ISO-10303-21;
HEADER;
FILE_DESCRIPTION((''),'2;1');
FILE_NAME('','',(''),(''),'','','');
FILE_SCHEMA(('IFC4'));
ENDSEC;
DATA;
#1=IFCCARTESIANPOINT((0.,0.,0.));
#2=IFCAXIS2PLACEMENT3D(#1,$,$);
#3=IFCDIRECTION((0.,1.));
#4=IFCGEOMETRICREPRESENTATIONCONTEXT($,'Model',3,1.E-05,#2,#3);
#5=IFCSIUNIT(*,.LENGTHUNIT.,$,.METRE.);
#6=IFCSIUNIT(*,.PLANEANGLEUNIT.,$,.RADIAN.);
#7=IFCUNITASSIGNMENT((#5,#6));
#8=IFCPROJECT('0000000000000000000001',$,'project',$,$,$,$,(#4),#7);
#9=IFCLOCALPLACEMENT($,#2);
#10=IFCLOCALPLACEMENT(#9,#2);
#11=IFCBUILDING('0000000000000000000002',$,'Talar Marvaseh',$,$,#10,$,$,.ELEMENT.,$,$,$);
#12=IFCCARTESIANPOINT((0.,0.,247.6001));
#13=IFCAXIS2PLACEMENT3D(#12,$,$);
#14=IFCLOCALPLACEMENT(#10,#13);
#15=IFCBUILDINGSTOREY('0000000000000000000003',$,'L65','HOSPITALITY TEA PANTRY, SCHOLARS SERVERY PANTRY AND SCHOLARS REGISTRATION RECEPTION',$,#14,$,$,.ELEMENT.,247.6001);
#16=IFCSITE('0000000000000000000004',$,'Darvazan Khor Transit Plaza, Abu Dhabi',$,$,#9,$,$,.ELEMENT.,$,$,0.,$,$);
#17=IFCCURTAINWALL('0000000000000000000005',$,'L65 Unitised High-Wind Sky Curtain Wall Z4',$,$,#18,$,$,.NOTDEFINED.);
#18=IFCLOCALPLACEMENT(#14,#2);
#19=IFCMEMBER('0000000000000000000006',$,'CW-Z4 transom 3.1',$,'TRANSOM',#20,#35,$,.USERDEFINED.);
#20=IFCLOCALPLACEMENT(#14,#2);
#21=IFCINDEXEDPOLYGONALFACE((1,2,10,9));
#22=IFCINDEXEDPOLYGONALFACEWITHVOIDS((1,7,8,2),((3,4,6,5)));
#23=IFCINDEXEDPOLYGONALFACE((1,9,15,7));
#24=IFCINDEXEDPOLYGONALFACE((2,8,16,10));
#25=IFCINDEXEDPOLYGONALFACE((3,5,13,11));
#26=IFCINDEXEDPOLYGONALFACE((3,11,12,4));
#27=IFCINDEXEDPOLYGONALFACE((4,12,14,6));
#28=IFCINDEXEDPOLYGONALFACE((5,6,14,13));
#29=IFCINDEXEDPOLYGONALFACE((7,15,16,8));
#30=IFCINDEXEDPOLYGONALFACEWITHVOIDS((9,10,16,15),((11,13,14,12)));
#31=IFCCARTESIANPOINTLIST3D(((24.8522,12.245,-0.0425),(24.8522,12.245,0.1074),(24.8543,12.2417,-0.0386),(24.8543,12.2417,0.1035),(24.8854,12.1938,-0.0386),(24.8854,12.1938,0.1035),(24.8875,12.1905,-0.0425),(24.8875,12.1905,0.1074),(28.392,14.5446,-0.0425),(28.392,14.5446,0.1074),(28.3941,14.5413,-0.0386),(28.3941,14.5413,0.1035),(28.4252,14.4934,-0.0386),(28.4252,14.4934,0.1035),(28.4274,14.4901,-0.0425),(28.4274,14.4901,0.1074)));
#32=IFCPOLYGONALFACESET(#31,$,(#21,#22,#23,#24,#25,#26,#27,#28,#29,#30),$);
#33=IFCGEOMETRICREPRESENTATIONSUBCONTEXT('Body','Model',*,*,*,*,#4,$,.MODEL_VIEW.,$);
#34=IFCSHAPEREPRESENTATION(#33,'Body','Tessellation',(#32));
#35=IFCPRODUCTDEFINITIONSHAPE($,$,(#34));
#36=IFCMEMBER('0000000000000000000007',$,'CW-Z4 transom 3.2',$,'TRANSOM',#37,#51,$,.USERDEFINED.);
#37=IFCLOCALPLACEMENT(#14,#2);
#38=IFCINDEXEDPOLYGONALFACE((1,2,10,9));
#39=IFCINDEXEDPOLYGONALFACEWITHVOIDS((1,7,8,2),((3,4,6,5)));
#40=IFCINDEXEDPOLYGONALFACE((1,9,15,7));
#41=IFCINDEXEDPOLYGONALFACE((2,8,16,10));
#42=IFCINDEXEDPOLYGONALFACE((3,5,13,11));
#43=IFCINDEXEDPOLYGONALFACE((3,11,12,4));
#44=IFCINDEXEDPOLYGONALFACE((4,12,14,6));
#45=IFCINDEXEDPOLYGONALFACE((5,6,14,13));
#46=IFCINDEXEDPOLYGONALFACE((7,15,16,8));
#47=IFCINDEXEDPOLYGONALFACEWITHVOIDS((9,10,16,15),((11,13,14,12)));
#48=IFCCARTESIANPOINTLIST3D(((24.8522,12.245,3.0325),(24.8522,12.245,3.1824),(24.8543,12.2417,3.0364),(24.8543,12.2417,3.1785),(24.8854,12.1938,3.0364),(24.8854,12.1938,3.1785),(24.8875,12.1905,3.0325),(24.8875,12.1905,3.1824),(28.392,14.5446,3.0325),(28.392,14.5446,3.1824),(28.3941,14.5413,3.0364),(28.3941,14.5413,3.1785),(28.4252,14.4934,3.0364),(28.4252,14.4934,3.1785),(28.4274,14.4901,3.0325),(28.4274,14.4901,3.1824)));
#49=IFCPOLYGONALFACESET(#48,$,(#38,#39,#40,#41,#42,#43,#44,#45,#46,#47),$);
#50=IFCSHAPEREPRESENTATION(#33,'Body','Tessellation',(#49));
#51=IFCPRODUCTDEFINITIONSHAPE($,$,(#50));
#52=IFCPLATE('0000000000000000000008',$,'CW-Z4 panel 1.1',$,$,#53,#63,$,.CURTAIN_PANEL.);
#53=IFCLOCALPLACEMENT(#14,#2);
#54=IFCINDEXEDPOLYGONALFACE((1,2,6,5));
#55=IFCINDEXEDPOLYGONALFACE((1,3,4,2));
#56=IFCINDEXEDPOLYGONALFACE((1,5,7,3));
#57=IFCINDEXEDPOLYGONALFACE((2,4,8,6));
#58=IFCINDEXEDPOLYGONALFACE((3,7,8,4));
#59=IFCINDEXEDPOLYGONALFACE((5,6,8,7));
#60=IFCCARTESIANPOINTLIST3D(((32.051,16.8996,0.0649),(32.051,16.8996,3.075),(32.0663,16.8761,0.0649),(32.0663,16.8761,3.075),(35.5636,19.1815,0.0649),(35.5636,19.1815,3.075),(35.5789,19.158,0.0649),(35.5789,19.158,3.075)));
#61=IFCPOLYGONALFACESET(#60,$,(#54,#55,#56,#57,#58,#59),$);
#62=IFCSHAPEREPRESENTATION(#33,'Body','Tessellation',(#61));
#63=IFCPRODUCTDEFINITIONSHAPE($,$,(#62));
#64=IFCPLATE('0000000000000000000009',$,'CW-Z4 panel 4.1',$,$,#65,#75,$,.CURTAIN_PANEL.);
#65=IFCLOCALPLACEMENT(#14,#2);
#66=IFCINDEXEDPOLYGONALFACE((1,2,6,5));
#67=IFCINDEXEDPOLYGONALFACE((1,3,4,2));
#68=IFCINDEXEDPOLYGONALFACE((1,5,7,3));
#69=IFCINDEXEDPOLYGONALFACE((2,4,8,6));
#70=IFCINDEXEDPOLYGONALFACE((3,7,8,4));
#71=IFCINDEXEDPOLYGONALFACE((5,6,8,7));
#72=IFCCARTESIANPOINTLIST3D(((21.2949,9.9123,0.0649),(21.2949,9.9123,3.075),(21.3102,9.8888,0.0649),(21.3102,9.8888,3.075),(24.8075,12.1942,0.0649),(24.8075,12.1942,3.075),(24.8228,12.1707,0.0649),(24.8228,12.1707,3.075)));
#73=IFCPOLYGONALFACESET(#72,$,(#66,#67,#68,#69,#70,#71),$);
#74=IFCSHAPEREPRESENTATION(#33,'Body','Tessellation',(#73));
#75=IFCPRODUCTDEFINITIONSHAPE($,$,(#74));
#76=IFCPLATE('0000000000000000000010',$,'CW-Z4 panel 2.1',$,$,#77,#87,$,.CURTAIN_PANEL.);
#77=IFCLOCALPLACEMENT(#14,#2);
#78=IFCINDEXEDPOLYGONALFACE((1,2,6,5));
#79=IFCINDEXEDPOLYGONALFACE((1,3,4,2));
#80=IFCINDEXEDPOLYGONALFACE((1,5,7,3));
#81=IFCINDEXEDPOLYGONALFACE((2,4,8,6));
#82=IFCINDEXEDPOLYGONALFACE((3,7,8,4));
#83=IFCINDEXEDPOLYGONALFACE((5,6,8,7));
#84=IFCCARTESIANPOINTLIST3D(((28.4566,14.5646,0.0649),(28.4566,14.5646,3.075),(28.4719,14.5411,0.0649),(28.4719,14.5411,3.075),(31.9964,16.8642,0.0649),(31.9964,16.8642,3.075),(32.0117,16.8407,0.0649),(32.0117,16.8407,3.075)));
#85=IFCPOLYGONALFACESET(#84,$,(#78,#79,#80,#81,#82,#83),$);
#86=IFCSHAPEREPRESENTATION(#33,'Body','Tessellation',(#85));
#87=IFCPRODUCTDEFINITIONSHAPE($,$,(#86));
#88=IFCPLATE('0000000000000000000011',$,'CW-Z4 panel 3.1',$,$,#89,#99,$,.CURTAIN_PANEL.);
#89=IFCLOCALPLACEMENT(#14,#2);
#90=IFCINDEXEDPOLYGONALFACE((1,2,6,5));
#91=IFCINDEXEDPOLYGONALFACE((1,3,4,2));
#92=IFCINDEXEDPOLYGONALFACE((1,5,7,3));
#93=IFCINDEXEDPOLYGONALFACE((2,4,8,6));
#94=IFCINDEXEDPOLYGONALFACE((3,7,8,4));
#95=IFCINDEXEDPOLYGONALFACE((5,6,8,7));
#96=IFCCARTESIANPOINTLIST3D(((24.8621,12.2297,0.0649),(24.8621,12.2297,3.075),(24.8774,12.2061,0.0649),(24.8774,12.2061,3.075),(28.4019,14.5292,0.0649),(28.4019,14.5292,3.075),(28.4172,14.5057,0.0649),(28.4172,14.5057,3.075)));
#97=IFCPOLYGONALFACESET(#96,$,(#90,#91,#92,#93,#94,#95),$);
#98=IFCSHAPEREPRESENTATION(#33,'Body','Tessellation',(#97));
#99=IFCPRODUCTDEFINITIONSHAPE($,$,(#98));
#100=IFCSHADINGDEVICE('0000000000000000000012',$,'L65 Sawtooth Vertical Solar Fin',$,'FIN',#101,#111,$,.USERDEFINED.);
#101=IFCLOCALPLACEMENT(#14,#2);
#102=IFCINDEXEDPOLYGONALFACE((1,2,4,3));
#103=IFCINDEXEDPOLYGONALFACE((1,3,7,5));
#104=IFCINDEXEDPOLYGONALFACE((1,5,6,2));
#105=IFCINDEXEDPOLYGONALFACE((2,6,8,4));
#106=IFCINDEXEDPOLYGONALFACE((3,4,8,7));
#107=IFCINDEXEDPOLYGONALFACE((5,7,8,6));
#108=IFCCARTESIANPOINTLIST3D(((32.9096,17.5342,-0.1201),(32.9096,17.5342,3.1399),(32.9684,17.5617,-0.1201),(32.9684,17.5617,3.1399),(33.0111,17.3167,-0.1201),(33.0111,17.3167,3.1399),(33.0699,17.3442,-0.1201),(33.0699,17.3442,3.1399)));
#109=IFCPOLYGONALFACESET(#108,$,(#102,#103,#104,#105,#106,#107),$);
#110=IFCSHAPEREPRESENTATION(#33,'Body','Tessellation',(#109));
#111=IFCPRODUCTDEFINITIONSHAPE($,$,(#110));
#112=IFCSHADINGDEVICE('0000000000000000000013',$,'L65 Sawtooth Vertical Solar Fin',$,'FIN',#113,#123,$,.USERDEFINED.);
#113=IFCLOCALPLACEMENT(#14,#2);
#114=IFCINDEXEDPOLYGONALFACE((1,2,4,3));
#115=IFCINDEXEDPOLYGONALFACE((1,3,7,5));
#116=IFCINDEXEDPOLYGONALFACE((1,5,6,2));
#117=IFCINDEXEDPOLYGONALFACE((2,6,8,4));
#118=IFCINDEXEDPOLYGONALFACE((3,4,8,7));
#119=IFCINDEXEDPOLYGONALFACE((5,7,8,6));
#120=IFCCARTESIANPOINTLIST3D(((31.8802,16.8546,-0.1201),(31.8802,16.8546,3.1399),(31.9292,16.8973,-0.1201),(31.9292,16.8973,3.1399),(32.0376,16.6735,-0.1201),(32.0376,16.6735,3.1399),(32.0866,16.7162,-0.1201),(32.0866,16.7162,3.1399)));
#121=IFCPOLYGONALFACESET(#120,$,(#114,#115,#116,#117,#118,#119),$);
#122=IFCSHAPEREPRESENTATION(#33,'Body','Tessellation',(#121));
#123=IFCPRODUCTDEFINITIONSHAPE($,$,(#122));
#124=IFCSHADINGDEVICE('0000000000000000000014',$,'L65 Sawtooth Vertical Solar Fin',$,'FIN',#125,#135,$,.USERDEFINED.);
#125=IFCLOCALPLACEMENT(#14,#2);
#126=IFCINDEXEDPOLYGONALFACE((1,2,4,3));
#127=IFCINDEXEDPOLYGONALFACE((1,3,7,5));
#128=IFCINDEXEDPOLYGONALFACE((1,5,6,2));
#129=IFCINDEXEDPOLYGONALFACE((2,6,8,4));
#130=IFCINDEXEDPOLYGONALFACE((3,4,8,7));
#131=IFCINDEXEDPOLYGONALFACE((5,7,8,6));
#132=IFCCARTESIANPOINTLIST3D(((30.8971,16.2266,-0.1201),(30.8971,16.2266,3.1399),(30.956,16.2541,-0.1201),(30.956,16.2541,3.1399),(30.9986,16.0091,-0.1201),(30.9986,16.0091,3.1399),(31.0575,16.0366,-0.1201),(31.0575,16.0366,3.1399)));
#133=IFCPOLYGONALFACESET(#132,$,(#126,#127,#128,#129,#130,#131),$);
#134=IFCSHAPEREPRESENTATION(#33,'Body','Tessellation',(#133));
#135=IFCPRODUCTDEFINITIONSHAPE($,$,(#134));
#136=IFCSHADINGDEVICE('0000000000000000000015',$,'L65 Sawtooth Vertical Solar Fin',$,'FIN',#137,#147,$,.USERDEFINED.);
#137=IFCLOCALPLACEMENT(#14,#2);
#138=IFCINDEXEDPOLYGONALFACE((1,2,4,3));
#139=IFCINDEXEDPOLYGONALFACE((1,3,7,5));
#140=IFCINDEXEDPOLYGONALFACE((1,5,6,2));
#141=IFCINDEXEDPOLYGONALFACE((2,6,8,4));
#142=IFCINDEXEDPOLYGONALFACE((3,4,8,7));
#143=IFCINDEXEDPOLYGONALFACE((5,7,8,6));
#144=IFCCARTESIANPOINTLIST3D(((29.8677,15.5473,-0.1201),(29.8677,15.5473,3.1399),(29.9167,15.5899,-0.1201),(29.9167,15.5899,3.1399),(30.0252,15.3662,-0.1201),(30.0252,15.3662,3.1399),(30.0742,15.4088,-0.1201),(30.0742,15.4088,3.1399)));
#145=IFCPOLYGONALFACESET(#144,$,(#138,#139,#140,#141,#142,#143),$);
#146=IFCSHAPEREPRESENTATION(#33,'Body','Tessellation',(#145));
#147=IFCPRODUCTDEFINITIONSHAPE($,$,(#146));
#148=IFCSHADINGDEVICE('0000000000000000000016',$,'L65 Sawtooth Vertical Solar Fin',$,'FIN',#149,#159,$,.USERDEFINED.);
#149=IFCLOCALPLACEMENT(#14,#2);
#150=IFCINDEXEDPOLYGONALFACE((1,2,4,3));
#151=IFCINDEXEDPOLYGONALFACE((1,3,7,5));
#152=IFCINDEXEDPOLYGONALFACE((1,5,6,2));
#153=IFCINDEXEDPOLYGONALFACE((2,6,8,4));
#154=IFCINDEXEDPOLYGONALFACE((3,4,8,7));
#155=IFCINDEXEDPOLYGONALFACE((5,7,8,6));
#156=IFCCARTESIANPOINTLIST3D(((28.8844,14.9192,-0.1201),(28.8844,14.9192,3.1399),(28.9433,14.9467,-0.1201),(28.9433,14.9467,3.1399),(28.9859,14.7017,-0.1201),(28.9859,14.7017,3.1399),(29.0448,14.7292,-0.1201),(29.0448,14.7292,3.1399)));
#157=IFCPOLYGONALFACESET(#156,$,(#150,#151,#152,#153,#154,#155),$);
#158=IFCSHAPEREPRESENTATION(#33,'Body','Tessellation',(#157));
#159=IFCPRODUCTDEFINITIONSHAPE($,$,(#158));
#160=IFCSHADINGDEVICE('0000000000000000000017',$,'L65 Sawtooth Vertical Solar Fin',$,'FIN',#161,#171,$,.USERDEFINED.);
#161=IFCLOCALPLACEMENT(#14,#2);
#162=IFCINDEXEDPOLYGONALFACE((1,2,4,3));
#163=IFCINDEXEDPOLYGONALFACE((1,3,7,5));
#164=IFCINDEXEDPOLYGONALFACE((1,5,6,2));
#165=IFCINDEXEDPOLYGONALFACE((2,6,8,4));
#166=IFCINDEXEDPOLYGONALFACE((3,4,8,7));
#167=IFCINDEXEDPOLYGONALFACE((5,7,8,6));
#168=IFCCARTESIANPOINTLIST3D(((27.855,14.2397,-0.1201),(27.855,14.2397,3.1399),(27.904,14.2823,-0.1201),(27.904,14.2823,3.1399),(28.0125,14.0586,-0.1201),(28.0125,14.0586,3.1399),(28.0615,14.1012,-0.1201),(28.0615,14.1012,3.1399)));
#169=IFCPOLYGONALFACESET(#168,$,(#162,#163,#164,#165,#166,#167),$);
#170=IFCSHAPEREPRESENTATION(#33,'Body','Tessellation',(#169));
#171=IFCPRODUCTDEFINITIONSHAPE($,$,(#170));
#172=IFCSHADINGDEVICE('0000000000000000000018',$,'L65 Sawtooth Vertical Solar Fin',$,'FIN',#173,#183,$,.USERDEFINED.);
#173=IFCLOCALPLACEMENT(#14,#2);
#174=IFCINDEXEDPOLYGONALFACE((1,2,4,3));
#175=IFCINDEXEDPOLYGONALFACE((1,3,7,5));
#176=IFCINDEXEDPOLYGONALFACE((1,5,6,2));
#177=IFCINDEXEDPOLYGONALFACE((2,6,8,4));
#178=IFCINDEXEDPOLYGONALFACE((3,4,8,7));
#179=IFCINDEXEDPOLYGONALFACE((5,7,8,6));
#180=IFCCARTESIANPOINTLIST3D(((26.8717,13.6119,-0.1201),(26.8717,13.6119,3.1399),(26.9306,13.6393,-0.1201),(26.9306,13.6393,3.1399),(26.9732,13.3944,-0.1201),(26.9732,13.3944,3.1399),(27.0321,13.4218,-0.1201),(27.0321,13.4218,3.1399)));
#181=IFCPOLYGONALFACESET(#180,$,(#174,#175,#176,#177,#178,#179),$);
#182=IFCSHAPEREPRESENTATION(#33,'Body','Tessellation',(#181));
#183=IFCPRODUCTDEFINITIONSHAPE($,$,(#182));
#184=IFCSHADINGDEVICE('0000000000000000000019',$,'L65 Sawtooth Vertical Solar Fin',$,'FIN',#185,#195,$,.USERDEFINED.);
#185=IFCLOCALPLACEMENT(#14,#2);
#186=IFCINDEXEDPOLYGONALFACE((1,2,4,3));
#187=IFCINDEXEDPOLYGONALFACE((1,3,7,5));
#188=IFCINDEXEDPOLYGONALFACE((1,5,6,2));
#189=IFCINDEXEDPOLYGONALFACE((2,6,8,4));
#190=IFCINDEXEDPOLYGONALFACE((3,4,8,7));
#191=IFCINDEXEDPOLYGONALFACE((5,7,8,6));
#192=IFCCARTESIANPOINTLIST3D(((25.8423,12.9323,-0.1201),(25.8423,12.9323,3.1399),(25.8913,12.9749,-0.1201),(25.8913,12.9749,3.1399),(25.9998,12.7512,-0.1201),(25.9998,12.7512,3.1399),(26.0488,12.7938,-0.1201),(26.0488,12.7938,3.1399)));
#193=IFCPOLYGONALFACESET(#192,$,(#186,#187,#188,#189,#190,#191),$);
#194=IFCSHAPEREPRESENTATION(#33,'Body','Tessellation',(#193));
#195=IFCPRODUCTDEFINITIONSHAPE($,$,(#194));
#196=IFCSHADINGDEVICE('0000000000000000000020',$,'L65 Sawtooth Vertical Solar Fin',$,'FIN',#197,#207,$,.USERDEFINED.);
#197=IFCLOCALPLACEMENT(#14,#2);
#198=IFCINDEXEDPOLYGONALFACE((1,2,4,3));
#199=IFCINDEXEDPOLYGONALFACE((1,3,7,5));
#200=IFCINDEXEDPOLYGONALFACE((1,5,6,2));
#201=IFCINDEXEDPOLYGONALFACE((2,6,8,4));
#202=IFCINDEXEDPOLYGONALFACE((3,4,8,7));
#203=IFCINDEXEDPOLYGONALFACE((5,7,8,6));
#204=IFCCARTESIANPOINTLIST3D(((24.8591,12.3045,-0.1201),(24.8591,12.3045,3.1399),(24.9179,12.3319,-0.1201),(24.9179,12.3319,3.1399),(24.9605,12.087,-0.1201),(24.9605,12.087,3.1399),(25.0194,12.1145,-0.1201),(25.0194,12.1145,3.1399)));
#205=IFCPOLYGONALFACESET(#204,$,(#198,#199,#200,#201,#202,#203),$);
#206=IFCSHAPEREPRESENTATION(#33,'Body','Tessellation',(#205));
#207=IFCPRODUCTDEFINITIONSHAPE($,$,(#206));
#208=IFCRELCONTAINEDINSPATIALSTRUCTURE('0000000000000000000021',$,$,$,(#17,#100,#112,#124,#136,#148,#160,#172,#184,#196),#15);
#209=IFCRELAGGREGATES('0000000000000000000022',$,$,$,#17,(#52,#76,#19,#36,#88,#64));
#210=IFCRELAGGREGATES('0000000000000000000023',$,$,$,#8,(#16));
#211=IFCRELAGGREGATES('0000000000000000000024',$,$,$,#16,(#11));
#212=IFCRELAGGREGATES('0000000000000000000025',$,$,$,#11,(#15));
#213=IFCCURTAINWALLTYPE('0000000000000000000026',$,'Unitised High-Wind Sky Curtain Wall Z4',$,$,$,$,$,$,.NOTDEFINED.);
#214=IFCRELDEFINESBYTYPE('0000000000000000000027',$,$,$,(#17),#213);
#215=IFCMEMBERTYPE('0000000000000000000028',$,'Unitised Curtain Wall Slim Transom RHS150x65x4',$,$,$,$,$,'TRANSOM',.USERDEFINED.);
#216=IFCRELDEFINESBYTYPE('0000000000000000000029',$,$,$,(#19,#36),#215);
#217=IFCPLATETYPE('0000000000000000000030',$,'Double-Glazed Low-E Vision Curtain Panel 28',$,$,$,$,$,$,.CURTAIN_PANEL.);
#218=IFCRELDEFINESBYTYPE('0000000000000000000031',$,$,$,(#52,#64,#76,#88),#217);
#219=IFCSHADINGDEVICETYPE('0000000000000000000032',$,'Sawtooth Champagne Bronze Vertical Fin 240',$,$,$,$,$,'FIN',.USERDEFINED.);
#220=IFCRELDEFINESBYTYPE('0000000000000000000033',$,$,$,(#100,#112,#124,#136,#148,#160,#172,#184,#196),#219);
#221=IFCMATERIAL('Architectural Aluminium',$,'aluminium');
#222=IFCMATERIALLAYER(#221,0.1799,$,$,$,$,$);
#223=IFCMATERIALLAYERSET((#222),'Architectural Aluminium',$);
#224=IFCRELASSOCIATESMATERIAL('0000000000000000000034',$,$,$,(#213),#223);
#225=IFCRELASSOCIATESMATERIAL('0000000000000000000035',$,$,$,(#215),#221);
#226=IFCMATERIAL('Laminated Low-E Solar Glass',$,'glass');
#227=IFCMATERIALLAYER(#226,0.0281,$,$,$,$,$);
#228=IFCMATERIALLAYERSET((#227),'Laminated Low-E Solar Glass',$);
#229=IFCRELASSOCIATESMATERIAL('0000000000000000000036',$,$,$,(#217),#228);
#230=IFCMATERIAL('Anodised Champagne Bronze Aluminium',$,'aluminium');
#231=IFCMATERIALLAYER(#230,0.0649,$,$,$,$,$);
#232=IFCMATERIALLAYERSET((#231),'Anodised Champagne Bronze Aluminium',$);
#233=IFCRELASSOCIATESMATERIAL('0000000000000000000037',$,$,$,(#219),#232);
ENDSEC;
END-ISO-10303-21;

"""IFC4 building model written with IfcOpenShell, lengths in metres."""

from ifc_helpers import new_model, si_unit, direction, frame, origin, origin_2d, place, context, subcontext, project, spatial, rectangle, hollow_rectangle, extrude, source, transform, mapped, material, layer, layer_set, material_profile, profile_set, type_object, type_shapes, element, aggregate, save


model = new_model("IFC4")

# Units and contexts
model_context = context("Model", 3, precision=1e-05, world=origin(), true_north=direction((0.0, 1.0)))
body_context = subcontext(model_context, "Body", "Model", "MODEL_VIEW")
ifc_project = project(units=[si_unit("LENGTHUNIT", "METRE"), si_unit("PLANEANGLEUNIT", "RADIAN")], contexts=[model_context])

# Site, building, storey
site_placement = place(None, origin())
site = spatial("IfcSite", under=ifc_project, at=site_placement, Name="Darvazan Khor Transit Plaza, Abu Dhabi", CompositionType="ELEMENT", RefElevation=0.0)
building_placement = place(site_placement, origin())
building = spatial("IfcBuilding", under=site, at=building_placement, Name="Talar Marvaseh", CompositionType="ELEMENT")
storey_placement = place(building_placement, frame((0.0, 0.0, 247.6001)))
storey = spatial("IfcBuildingStorey", under=building, at=storey_placement, Name="L65", Description="HOSPITALITY TEA PANTRY, SCHOLARS SERVERY PANTRY AND SCHOLARS REGISTRATION RECEPTION", CompositionType="ELEMENT", Elevation=247.6001)

# Curtain wall, members, plates
ifc_material_1 = material(Name="Architectural Aluminium", Category="aluminium")
ifc_layer_1 = layer(ifc_material_1, 0.1799)
ifc_layer_set_1 = layer_set([ifc_layer_1], Name="Architectural Aluminium")
curtain_wall_type = type_object("IfcCurtainWallType", Name="Unitised High-Wind Sky Curtain Wall Z4", PredefinedType="NOTDEFINED", material=ifc_layer_set_1)
curtain_wall_placement = place(storey_placement, origin())
curtain_wall = element("IfcCurtainWall", 1, at=curtain_wall_placement, inside=storey, type_object=curtain_wall_type, Name="L65 Unitised High-Wind Sky Curtain Wall Z4", PredefinedType="NOTDEFINED")
ifc_material_profile_1 = material_profile(ifc_material_1, hollow_rectangle(XDim=0.0649, YDim=0.1499, WallThickness=0.0039, at=origin_2d()), Name="RHS150x65x4")
ifc_profile_set_1 = profile_set([ifc_material_profile_1], Name="Architectural Aluminium")
member_type_1 = type_object("IfcMemberType", Name="Unitised Curtain Wall Slim Transom RHS150x65x4", ElementType="TRANSOM", PredefinedType="USERDEFINED", material=ifc_profile_set_1)
shared_shape_1 = source(origin(), body_context, "Body", "SweptSolid", [
    extrude(hollow_rectangle(XDim=0.0649, YDim=0.1499, WallThickness=0.0039, at=origin_2d()), origin(), (0.0, 0.0, 1.0), 4.2212),
])
member_1_placement = place(storey_placement, frame((28.4097, 14.5173, 0.0325), z_axis=(-0.838585, -0.544771, 0.0), x_axis=(0.544771, -0.838585, 0.0)))
member_1 = element("IfcMember", 2, at=member_1_placement, type_object=member_type_1, Name="CW-Z4 transom 3.1", ObjectType="TRANSOM", PredefinedType="USERDEFINED", context=body_context, shape_type="MappedRepresentation", body=[
    mapped(shared_shape_1, transform((0.0, 0.0, 0.0), x_axis=(1.0, 0.0, 0.0), y_axis=(0.0, 1.0, 0.0), z_axis=(0.0, 0.0, 1.0), scale=1.0)),
])
member_2_placement = place(storey_placement, frame((28.4097, 14.5173, 3.1074), z_axis=(-0.838585, -0.544771, 0.0), x_axis=(0.544771, -0.838585, 0.0)))
member_2 = element("IfcMember", 3, at=member_2_placement, type_object=member_type_1, Name="CW-Z4 transom 3.2", ObjectType="TRANSOM", PredefinedType="USERDEFINED", context=body_context, shape_type="MappedRepresentation", body=[
    mapped(shared_shape_1, transform((0.0, 0.0, 0.0), x_axis=(1.0, 0.0, 0.0), y_axis=(0.0, 1.0, 0.0), z_axis=(0.0, 0.0, 1.0), scale=1.0)),
])
ifc_material_2 = material(Name="Laminated Low-E Solar Glass", Category="glass")
ifc_layer_2 = layer(ifc_material_2, 0.0281)
ifc_layer_set_2 = layer_set([ifc_layer_2], Name="Laminated Low-E Solar Glass")
plate_type = type_object("IfcPlateType", Name="Double-Glazed Low-E Vision Curtain Panel 28", PredefinedType="CURTAIN_PANEL", material=ifc_layer_set_2)
shared_shape_2 = source(origin(), body_context, "Body", "SweptSolid", [
    extrude(rectangle(XDim=4.1887, YDim=0.0281, at=origin_2d()), origin(), (0.0, 0.0, 1.0), 3.01),
])
plate_1_placement = place(storey_placement, frame((33.8149, 18.0288, 0.0649), z_axis=(0.0, 0.0, 1.0), x_axis=(-0.838586, -0.544769, 0.0)))
plate_1 = element("IfcPlate", 4, at=plate_1_placement, type_object=plate_type, Name="CW-Z4 panel 1.1", PredefinedType="CURTAIN_PANEL", context=body_context, shape_type="MappedRepresentation", body=[
    mapped(shared_shape_2, transform((0.0, 0.0, 0.0), x_axis=(1.0, 0.0, 0.0), y_axis=(0.0, 1.0, 0.0), z_axis=(0.0, 0.0, 1.0), scale=1.0)),
])
plate_2_placement = place(storey_placement, frame((23.0588, 11.0415, 0.0649), z_axis=(0.0, 0.0, 1.0), x_axis=(-0.838586, -0.544769, 0.0)))
plate_2 = element("IfcPlate", 5, at=plate_2_placement, type_object=plate_type, Name="CW-Z4 panel 4.1", PredefinedType="CURTAIN_PANEL", context=body_context, shape_type="MappedRepresentation", body=[
    mapped(shared_shape_2, transform((0.0, 0.0, 0.0), x_axis=(1.0, 0.0, 0.0), y_axis=(0.0, 1.0, 0.0), z_axis=(0.0, 0.0, 1.0), scale=1.0)),
])
shared_shape_3 = source(origin(), body_context, "Body", "SweptSolid", [
    extrude(rectangle(XDim=4.2212, YDim=0.0281, at=origin_2d()), origin(), (0.0, 0.0, 1.0), 3.01),
])
type_shapes(plate_type, [shared_shape_2, shared_shape_3])
plate_3_placement = place(storey_placement, frame((30.2341, 15.7026, 0.0649), z_axis=(0.0, 0.0, 1.0), x_axis=(-0.838586, -0.544769, 0.0)))
plate_3 = element("IfcPlate", 6, at=plate_3_placement, type_object=plate_type, Name="CW-Z4 panel 2.1", PredefinedType="CURTAIN_PANEL", context=body_context, shape_type="MappedRepresentation", body=[
    mapped(shared_shape_3, transform((0.0, 0.0, 0.0), x_axis=(1.0, 0.0, 0.0), y_axis=(0.0, 1.0, 0.0), z_axis=(0.0, 0.0, 1.0), scale=1.0)),
])
plate_4_placement = place(storey_placement, frame((26.6396, 13.3677, 0.0649), z_axis=(0.0, 0.0, 1.0), x_axis=(-0.838586, -0.544769, 0.0)))
plate_4 = element("IfcPlate", 7, at=plate_4_placement, type_object=plate_type, Name="CW-Z4 panel 3.1", PredefinedType="CURTAIN_PANEL", context=body_context, shape_type="MappedRepresentation", body=[
    mapped(shared_shape_3, transform((0.0, 0.0, 0.0), x_axis=(1.0, 0.0, 0.0), y_axis=(0.0, 1.0, 0.0), z_axis=(0.0, 0.0, 1.0), scale=1.0)),
])
aggregate(curtain_wall, [plate_1, plate_3, member_1, member_2, plate_4, plate_2])

# Shading devices
ifc_material_3 = material(Name="Anodised Champagne Bronze Aluminium", Category="aluminium")
ifc_layer_3 = layer(ifc_material_3, 0.0649)
ifc_layer_set_3 = layer_set([ifc_layer_3], Name="Anodised Champagne Bronze Aluminium")
shading_device_type = type_object("IfcShadingDeviceType", Name="Sawtooth Champagne Bronze Vertical Fin 240", ElementType="FIN", PredefinedType="USERDEFINED", material=ifc_layer_set_3)
shared_shape_4 = source(origin(), body_context, "Body", "SweptSolid", [
    extrude(rectangle(XDim=0.24, YDim=0.0649, at=origin_2d()), origin(), (0.0, 0.0, 1.0), 3.26),
])
type_shapes(shading_device_type, [shared_shape_4])
for number, where, z_axis, x_axis, name in (
    (8, (32.9897, 17.4392, -0.1201), (0.0, 0.0, 1.0), (0.422776, -0.906234, 0.0), "L65 Sawtooth Vertical Solar Fin"),
    (9, (31.9834, 16.7854, -0.1201), (0.0, 0.0, 1.0), (0.656191, -0.754595, 0.0), "L65 Sawtooth Vertical Solar Fin"),
    (10, (30.9773, 16.1316, -0.1201), (0.0, 0.0, 1.0), (0.422776, -0.906234, 0.0), "L65 Sawtooth Vertical Solar Fin"),
    (11, (29.9709, 15.478, -0.1201), (0.0, 0.0, 1.0), (0.656191, -0.754595, 0.0), "L65 Sawtooth Vertical Solar Fin"),
    (12, (28.9646, 14.8242, -0.1201), (0.0, 0.0, 1.0), (0.422776, -0.906234, 0.0), "L65 Sawtooth Vertical Solar Fin"),
    (13, (27.9583, 14.1704, -0.1201), (0.0, 0.0, 1.0), (0.656191, -0.754595, 0.0), "L65 Sawtooth Vertical Solar Fin"),
    (14, (26.9519, 13.5168, -0.1201), (0.0, 0.0, 1.0), (0.422776, -0.906234, 0.0), "L65 Sawtooth Vertical Solar Fin"),
    (15, (25.9456, 12.863, -0.1201), (0.0, 0.0, 1.0), (0.656191, -0.754595, 0.0), "L65 Sawtooth Vertical Solar Fin"),
    (16, (24.9392, 12.2095, -0.1201), (0.0, 0.0, 1.0), (0.422776, -0.906234, 0.0), "L65 Sawtooth Vertical Solar Fin"),
):
    element("IfcShadingDevice", number, at=place(storey_placement, frame(where, z_axis=z_axis, x_axis=x_axis)), inside=storey, type_object=shading_device_type, Name=name, ObjectType="FIN", PredefinedType="USERDEFINED", context=body_context, shape_type="MappedRepresentation", body=[
        mapped(shared_shape_4, transform((0.0, 0.0, 0.0), x_axis=(1.0, 0.0, 0.0), y_axis=(0.0, 1.0, 0.0), z_axis=(0.0, 0.0, 1.0), scale=1.0)),
    ])

save(model, "model.ifc")
